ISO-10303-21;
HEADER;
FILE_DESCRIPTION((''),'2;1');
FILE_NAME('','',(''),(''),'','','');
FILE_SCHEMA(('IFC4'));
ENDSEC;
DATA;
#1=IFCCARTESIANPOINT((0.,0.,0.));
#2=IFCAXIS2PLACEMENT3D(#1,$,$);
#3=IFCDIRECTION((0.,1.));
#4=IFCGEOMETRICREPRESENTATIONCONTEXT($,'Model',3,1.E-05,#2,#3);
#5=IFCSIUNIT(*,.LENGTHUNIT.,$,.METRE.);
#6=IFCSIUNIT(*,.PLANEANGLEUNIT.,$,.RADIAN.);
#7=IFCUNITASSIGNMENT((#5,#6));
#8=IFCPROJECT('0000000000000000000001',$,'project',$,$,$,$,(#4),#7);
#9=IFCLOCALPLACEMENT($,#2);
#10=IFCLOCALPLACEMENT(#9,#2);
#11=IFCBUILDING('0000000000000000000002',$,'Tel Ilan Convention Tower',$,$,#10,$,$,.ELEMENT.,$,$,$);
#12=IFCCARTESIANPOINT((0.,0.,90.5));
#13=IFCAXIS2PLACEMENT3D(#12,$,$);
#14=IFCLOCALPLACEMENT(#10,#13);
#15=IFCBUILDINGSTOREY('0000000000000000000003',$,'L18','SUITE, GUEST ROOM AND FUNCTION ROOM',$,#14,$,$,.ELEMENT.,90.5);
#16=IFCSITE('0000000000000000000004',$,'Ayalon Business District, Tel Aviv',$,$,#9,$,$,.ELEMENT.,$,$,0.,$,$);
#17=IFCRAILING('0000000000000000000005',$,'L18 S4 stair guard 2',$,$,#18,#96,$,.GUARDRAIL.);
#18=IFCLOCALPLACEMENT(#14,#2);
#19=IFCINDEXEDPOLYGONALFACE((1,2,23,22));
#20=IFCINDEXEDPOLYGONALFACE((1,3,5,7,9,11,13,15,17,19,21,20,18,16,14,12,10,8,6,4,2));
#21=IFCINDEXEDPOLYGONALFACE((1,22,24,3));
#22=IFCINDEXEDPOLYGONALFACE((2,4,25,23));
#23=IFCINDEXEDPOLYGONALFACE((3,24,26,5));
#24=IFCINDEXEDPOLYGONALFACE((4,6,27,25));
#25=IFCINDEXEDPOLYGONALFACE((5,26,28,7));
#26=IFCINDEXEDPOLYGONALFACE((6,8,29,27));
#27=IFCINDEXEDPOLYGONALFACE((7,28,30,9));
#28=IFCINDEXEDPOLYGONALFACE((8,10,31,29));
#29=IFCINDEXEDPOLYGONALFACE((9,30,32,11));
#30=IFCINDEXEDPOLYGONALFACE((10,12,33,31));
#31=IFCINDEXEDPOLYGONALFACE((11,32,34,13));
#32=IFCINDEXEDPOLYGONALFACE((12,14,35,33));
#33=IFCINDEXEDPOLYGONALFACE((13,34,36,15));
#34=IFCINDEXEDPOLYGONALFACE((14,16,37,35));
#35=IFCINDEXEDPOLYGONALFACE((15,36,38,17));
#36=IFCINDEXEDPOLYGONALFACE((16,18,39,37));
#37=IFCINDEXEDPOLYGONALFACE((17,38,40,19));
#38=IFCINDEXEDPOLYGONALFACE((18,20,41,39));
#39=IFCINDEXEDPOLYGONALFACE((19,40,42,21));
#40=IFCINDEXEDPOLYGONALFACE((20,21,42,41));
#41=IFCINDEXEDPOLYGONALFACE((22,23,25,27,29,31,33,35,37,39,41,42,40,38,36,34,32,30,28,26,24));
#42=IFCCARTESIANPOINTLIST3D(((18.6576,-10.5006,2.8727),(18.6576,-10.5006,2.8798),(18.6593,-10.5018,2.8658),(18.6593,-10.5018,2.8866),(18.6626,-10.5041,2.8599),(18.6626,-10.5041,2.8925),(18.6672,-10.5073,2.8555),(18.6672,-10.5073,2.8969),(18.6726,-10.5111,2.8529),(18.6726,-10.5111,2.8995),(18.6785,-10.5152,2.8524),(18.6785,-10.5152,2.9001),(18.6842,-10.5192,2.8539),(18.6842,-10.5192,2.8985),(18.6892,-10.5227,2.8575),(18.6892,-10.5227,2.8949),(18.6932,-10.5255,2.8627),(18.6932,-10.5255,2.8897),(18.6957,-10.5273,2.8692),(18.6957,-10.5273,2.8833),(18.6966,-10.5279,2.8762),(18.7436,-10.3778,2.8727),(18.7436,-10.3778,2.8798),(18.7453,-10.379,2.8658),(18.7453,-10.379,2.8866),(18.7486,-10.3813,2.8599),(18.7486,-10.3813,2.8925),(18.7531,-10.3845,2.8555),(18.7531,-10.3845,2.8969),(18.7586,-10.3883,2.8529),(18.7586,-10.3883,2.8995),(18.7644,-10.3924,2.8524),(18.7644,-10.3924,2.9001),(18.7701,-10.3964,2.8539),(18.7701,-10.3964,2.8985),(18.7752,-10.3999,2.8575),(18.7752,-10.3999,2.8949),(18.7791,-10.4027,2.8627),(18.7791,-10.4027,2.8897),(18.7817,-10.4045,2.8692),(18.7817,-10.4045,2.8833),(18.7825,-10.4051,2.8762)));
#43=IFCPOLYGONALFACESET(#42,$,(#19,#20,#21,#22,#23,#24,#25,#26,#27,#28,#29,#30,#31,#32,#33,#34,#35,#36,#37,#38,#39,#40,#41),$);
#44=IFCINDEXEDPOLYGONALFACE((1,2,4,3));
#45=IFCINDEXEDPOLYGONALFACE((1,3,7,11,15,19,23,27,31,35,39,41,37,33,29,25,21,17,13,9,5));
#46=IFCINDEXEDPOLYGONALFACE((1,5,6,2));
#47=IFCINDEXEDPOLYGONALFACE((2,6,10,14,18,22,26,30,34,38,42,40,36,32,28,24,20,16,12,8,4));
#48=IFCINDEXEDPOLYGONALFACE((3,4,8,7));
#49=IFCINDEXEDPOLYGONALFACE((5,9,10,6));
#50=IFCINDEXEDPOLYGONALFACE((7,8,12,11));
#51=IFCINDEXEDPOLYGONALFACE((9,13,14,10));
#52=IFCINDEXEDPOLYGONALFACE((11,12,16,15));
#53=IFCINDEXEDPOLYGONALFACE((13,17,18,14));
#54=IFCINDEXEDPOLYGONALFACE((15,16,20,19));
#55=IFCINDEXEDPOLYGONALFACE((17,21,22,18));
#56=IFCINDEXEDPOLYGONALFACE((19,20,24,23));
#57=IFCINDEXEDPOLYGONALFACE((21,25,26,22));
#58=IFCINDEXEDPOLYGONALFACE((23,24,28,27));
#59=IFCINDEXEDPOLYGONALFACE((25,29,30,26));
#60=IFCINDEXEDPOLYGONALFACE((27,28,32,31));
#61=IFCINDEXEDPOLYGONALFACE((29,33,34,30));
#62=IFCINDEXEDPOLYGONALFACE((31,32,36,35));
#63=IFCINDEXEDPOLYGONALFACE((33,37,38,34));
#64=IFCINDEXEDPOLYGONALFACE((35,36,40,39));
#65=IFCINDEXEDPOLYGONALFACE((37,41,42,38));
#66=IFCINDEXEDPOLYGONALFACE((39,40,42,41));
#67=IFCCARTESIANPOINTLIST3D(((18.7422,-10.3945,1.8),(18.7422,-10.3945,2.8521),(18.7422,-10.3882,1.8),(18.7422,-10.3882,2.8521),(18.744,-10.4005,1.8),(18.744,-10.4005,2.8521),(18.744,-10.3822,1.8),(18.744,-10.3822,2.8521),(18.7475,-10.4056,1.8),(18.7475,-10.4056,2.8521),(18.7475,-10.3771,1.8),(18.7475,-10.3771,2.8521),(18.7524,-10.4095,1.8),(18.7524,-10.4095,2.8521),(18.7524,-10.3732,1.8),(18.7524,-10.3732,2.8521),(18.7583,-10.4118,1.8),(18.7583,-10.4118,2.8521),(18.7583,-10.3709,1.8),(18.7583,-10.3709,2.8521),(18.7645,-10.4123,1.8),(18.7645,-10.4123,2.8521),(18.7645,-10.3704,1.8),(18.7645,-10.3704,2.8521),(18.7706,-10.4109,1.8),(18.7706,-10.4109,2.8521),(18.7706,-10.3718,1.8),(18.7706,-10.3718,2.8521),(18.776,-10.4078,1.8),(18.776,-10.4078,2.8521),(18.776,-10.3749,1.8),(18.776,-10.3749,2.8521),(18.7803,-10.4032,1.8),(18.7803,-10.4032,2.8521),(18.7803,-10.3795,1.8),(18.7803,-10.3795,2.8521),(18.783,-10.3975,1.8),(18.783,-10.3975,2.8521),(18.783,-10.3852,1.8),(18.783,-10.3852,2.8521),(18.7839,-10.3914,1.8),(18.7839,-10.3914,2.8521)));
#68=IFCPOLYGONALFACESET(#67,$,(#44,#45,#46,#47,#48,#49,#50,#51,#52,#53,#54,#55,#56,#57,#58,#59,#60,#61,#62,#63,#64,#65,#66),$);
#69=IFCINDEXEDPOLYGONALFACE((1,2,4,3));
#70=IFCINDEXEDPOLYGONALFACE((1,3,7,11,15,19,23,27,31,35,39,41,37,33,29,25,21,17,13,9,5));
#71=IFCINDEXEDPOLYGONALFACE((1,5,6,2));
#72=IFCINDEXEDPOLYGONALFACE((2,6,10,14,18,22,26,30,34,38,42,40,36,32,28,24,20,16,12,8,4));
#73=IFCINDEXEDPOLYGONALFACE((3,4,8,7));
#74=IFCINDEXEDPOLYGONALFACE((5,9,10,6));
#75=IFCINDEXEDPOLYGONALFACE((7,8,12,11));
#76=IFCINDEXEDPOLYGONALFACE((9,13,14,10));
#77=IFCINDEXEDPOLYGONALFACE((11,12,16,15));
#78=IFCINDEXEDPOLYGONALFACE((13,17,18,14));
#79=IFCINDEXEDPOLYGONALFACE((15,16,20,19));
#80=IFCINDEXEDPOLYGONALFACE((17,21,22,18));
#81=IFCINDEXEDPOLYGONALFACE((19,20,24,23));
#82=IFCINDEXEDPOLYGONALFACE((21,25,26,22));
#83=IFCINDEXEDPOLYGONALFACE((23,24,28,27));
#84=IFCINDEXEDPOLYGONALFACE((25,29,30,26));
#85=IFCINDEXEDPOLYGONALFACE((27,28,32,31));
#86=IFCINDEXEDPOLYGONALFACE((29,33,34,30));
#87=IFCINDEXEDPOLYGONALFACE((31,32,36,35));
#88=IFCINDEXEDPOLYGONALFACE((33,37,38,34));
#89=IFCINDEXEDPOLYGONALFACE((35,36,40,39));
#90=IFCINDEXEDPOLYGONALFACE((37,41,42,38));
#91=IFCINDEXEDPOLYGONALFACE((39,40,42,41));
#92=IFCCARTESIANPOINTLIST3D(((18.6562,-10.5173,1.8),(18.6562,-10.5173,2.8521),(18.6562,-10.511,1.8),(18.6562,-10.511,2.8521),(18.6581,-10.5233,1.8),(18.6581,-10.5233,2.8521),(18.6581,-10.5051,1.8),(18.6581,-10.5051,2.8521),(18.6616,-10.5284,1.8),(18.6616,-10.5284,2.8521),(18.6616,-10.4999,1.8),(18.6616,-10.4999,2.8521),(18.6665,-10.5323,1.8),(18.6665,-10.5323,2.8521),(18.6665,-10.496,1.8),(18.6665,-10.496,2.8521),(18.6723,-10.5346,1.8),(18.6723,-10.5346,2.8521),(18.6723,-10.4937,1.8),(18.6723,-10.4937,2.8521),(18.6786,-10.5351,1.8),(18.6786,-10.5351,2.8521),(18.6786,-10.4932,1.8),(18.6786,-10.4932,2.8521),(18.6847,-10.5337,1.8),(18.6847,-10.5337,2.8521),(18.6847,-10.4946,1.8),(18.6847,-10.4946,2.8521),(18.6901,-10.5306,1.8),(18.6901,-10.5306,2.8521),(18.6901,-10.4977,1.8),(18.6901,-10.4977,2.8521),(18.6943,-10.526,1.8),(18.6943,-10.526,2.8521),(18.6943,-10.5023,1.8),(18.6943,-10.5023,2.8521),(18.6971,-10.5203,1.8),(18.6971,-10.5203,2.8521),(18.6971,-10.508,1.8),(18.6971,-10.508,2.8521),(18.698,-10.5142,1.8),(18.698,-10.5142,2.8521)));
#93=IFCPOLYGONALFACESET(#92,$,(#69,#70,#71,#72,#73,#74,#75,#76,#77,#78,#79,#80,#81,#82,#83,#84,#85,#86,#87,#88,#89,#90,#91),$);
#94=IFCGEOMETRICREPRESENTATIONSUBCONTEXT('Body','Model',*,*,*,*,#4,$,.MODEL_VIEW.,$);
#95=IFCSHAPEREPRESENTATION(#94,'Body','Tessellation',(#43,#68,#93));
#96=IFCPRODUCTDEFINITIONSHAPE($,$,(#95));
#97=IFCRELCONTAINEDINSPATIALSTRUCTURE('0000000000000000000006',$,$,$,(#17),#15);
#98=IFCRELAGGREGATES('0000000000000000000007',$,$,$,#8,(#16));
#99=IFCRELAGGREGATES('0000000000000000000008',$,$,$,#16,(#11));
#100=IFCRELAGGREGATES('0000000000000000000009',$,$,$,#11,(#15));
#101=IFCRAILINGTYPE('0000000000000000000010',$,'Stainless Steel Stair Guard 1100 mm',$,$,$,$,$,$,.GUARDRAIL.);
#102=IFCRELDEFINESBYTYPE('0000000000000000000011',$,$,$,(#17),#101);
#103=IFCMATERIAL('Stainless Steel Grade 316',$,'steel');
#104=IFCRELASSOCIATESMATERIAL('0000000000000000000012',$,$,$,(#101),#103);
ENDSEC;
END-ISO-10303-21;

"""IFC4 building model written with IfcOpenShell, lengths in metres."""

from ifc_helpers import new_model, si_unit, direction, frame, origin, origin_2d, place, context, subcontext, project, spatial, circle, extrude, material, type_object, element, save


model = new_model("IFC4")

# Units and contexts
model_context = context("Model", 3, precision=1e-05, world=origin(), true_north=direction((0.0, 1.0)))
body_context = subcontext(model_context, "Body", "Model", "MODEL_VIEW")
ifc_project = project(units=[si_unit("LENGTHUNIT", "METRE"), si_unit("PLANEANGLEUNIT", "RADIAN")], contexts=[model_context])

# Site, building, storey
site_placement = place(None, origin())
site = spatial("IfcSite", under=ifc_project, at=site_placement, Name="Ayalon Business District, Tel Aviv", CompositionType="ELEMENT", RefElevation=0.0)
building_placement = place(site_placement, origin())
building = spatial("IfcBuilding", under=site, at=building_placement, Name="Tel Ilan Convention Tower", CompositionType="ELEMENT")
storey_placement = place(building_placement, frame((0.0, 0.0, 90.5)))
storey = spatial("IfcBuildingStorey", under=building, at=storey_placement, Name="L18", Description="SUITE, GUEST ROOM AND FUNCTION ROOM", CompositionType="ELEMENT", Elevation=90.5)

# Railing
ifc_material_1 = material(Name="Stainless Steel Grade 316", Category="steel")
railing_type_1 = type_object("IfcRailingType", Name="Stainless Steel Stair Guard 1100 mm", PredefinedType="GUARDRAIL", material=ifc_material_1)
railing_1_placement = place(storey_placement, frame((18.7629, -10.3914, 1.8)))
element("IfcRailing", 1, at=railing_1_placement, inside=storey, type_object=railing_type_1, Name="L18 S4 stair guard 2", PredefinedType="GUARDRAIL", context=body_context, shape_type="SweptSolid", body=[
    extrude(circle(Radius=0.0239, at=origin_2d()), frame((0.0, 0.0, 1.0762), z_axis=(-0.573353, -0.819308, 0.0), x_axis=(0.819308, -0.573353, 0.0)), (0.0, 0.0, 1.0), 0.1499),
    extrude(circle(Radius=0.021, at=origin_2d()), origin(), (0.0, 0.0, 1.0), 1.052),
    extrude(circle(Radius=0.021, at=origin_2d()), frame((-0.0859, -0.1228, 0.0)), (0.0, 0.0, 1.0), 1.052),
])

save(model, "model.ifc")
